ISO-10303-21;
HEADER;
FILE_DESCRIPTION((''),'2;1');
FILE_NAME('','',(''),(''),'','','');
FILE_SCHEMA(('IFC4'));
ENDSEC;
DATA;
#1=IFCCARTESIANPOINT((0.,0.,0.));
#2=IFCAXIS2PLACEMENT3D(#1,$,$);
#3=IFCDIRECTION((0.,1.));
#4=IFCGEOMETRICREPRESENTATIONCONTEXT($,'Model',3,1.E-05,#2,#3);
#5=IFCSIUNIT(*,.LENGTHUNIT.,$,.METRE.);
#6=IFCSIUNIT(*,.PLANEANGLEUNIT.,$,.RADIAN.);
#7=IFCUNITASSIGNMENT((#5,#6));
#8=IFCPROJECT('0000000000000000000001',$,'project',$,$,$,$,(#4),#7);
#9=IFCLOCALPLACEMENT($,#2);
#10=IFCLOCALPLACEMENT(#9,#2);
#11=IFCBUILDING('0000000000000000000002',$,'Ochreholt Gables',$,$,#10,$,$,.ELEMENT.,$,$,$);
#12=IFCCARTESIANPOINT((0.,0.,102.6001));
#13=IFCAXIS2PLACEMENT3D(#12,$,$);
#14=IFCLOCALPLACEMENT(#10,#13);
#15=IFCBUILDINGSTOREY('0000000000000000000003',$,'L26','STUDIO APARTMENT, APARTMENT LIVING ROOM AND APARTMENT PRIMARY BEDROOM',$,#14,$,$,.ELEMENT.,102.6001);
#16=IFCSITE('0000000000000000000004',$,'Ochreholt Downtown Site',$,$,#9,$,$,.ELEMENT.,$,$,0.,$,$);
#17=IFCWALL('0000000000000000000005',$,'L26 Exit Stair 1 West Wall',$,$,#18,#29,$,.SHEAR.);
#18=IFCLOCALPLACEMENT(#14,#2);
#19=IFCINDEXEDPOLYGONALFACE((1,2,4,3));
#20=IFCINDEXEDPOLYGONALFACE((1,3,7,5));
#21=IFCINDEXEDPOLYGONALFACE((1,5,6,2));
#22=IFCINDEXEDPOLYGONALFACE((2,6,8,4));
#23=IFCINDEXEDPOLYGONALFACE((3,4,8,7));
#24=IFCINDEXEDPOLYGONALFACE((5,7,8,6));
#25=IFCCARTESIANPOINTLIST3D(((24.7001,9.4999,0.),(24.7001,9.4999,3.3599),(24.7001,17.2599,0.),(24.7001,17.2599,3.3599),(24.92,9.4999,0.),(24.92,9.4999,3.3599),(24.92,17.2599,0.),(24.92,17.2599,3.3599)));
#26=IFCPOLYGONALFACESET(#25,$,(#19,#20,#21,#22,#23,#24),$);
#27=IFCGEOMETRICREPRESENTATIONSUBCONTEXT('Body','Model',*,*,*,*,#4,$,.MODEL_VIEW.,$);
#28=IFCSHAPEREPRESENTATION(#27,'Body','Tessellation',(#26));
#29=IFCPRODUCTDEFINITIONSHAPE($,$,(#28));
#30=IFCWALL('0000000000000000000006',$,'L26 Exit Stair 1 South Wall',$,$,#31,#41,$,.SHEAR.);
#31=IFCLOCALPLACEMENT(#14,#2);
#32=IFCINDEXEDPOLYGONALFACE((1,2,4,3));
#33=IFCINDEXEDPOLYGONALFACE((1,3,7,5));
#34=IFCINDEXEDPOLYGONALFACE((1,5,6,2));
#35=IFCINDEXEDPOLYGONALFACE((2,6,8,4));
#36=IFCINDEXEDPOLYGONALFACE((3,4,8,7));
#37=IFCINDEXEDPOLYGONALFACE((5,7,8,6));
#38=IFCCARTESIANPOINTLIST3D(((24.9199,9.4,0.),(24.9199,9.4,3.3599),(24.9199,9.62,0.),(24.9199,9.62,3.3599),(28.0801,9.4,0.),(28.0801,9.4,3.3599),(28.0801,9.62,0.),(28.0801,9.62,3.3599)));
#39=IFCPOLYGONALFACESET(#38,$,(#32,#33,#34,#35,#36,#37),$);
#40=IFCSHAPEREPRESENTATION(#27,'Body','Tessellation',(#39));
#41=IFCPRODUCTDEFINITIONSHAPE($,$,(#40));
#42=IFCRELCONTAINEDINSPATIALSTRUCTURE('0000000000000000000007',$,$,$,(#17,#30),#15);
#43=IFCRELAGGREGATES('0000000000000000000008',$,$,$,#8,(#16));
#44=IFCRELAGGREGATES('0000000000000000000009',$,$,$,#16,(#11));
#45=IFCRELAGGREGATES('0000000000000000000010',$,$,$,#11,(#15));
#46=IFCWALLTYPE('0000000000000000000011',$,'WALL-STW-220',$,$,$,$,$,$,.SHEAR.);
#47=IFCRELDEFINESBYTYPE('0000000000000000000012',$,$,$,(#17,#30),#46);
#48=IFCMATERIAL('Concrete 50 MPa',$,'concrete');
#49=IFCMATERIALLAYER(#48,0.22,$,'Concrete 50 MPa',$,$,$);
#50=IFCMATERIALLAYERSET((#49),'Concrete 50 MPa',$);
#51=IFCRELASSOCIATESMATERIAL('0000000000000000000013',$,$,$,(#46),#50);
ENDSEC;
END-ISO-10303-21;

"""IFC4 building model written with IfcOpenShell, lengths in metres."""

from ifc_helpers import new_model, si_unit, direction, frame, frame_2d, origin, place, context, subcontext, project, spatial, rectangle, extrude, material, layer, layer_set, type_object, element, save


model = new_model("IFC4")

# Units and contexts
model_context = context("Model", 3, precision=1e-05, world=origin(), true_north=direction((0.0, 1.0)))
body_context = subcontext(model_context, "Body", "Model", "MODEL_VIEW")
ifc_project = project(units=[si_unit("LENGTHUNIT", "METRE"), si_unit("PLANEANGLEUNIT", "RADIAN")], contexts=[model_context])

# Site, building, storey
site_placement = place(None, origin())
site = spatial("IfcSite", under=ifc_project, at=site_placement, Name="Ochreholt Downtown Site", CompositionType="ELEMENT", RefElevation=0.0)
building_placement = place(site_placement, origin())
building = spatial("IfcBuilding", under=site, at=building_placement, Name="Ochreholt Gables", CompositionType="ELEMENT")
storey_placement = place(building_placement, frame((0.0, 0.0, 102.6001)))
storey = spatial("IfcBuildingStorey", under=building, at=storey_placement, Name="L26", Description="STUDIO APARTMENT, APARTMENT LIVING ROOM AND APARTMENT PRIMARY BEDROOM", CompositionType="ELEMENT", Elevation=102.6001)

# Walls
ifc_material_1 = material(Name="Concrete 50 MPa", Category="concrete")
ifc_layer_1 = layer(ifc_material_1, 0.22, Name="Concrete 50 MPa")
ifc_layer_set_1 = layer_set([ifc_layer_1], Name="Concrete 50 MPa")
wall_type_1 = type_object("IfcWallType", Name="WALL-STW-220", PredefinedType="SHEAR", material=ifc_layer_set_1)
wall_1_placement = place(storey_placement, frame((24.8101, 9.5, 0.0), z_axis=(0.0, 0.0, 1.0), x_axis=(0.0, 1.0, 0.0)))
element("IfcWall", 1, at=wall_1_placement, inside=storey, type_object=wall_type_1, Name="L26 Exit Stair 1 West Wall", PredefinedType="SHEAR", context=body_context, shape_type="SweptSolid", body=[
    extrude(rectangle(XDim=7.76, YDim=0.22, at=frame_2d((3.8799, 0.0))), origin(), (0.0, 0.0, 1.0), 3.3599),
])
wall_2_placement = place(storey_placement, frame((24.9199, 9.51, 0.0), z_axis=(0.0, 0.0, 1.0), x_axis=(1.0, 0.0, 0.0)))
element("IfcWall", 2, at=wall_2_placement, inside=storey, type_object=wall_type_1, Name="L26 Exit Stair 1 South Wall", PredefinedType="SHEAR", context=body_context, shape_type="SweptSolid", body=[
    extrude(rectangle(XDim=3.1602, YDim=0.22, at=frame_2d((1.5801, 0.0))), origin(), (0.0, 0.0, 1.0), 3.3599),
])

save(model, "model.ifc")
